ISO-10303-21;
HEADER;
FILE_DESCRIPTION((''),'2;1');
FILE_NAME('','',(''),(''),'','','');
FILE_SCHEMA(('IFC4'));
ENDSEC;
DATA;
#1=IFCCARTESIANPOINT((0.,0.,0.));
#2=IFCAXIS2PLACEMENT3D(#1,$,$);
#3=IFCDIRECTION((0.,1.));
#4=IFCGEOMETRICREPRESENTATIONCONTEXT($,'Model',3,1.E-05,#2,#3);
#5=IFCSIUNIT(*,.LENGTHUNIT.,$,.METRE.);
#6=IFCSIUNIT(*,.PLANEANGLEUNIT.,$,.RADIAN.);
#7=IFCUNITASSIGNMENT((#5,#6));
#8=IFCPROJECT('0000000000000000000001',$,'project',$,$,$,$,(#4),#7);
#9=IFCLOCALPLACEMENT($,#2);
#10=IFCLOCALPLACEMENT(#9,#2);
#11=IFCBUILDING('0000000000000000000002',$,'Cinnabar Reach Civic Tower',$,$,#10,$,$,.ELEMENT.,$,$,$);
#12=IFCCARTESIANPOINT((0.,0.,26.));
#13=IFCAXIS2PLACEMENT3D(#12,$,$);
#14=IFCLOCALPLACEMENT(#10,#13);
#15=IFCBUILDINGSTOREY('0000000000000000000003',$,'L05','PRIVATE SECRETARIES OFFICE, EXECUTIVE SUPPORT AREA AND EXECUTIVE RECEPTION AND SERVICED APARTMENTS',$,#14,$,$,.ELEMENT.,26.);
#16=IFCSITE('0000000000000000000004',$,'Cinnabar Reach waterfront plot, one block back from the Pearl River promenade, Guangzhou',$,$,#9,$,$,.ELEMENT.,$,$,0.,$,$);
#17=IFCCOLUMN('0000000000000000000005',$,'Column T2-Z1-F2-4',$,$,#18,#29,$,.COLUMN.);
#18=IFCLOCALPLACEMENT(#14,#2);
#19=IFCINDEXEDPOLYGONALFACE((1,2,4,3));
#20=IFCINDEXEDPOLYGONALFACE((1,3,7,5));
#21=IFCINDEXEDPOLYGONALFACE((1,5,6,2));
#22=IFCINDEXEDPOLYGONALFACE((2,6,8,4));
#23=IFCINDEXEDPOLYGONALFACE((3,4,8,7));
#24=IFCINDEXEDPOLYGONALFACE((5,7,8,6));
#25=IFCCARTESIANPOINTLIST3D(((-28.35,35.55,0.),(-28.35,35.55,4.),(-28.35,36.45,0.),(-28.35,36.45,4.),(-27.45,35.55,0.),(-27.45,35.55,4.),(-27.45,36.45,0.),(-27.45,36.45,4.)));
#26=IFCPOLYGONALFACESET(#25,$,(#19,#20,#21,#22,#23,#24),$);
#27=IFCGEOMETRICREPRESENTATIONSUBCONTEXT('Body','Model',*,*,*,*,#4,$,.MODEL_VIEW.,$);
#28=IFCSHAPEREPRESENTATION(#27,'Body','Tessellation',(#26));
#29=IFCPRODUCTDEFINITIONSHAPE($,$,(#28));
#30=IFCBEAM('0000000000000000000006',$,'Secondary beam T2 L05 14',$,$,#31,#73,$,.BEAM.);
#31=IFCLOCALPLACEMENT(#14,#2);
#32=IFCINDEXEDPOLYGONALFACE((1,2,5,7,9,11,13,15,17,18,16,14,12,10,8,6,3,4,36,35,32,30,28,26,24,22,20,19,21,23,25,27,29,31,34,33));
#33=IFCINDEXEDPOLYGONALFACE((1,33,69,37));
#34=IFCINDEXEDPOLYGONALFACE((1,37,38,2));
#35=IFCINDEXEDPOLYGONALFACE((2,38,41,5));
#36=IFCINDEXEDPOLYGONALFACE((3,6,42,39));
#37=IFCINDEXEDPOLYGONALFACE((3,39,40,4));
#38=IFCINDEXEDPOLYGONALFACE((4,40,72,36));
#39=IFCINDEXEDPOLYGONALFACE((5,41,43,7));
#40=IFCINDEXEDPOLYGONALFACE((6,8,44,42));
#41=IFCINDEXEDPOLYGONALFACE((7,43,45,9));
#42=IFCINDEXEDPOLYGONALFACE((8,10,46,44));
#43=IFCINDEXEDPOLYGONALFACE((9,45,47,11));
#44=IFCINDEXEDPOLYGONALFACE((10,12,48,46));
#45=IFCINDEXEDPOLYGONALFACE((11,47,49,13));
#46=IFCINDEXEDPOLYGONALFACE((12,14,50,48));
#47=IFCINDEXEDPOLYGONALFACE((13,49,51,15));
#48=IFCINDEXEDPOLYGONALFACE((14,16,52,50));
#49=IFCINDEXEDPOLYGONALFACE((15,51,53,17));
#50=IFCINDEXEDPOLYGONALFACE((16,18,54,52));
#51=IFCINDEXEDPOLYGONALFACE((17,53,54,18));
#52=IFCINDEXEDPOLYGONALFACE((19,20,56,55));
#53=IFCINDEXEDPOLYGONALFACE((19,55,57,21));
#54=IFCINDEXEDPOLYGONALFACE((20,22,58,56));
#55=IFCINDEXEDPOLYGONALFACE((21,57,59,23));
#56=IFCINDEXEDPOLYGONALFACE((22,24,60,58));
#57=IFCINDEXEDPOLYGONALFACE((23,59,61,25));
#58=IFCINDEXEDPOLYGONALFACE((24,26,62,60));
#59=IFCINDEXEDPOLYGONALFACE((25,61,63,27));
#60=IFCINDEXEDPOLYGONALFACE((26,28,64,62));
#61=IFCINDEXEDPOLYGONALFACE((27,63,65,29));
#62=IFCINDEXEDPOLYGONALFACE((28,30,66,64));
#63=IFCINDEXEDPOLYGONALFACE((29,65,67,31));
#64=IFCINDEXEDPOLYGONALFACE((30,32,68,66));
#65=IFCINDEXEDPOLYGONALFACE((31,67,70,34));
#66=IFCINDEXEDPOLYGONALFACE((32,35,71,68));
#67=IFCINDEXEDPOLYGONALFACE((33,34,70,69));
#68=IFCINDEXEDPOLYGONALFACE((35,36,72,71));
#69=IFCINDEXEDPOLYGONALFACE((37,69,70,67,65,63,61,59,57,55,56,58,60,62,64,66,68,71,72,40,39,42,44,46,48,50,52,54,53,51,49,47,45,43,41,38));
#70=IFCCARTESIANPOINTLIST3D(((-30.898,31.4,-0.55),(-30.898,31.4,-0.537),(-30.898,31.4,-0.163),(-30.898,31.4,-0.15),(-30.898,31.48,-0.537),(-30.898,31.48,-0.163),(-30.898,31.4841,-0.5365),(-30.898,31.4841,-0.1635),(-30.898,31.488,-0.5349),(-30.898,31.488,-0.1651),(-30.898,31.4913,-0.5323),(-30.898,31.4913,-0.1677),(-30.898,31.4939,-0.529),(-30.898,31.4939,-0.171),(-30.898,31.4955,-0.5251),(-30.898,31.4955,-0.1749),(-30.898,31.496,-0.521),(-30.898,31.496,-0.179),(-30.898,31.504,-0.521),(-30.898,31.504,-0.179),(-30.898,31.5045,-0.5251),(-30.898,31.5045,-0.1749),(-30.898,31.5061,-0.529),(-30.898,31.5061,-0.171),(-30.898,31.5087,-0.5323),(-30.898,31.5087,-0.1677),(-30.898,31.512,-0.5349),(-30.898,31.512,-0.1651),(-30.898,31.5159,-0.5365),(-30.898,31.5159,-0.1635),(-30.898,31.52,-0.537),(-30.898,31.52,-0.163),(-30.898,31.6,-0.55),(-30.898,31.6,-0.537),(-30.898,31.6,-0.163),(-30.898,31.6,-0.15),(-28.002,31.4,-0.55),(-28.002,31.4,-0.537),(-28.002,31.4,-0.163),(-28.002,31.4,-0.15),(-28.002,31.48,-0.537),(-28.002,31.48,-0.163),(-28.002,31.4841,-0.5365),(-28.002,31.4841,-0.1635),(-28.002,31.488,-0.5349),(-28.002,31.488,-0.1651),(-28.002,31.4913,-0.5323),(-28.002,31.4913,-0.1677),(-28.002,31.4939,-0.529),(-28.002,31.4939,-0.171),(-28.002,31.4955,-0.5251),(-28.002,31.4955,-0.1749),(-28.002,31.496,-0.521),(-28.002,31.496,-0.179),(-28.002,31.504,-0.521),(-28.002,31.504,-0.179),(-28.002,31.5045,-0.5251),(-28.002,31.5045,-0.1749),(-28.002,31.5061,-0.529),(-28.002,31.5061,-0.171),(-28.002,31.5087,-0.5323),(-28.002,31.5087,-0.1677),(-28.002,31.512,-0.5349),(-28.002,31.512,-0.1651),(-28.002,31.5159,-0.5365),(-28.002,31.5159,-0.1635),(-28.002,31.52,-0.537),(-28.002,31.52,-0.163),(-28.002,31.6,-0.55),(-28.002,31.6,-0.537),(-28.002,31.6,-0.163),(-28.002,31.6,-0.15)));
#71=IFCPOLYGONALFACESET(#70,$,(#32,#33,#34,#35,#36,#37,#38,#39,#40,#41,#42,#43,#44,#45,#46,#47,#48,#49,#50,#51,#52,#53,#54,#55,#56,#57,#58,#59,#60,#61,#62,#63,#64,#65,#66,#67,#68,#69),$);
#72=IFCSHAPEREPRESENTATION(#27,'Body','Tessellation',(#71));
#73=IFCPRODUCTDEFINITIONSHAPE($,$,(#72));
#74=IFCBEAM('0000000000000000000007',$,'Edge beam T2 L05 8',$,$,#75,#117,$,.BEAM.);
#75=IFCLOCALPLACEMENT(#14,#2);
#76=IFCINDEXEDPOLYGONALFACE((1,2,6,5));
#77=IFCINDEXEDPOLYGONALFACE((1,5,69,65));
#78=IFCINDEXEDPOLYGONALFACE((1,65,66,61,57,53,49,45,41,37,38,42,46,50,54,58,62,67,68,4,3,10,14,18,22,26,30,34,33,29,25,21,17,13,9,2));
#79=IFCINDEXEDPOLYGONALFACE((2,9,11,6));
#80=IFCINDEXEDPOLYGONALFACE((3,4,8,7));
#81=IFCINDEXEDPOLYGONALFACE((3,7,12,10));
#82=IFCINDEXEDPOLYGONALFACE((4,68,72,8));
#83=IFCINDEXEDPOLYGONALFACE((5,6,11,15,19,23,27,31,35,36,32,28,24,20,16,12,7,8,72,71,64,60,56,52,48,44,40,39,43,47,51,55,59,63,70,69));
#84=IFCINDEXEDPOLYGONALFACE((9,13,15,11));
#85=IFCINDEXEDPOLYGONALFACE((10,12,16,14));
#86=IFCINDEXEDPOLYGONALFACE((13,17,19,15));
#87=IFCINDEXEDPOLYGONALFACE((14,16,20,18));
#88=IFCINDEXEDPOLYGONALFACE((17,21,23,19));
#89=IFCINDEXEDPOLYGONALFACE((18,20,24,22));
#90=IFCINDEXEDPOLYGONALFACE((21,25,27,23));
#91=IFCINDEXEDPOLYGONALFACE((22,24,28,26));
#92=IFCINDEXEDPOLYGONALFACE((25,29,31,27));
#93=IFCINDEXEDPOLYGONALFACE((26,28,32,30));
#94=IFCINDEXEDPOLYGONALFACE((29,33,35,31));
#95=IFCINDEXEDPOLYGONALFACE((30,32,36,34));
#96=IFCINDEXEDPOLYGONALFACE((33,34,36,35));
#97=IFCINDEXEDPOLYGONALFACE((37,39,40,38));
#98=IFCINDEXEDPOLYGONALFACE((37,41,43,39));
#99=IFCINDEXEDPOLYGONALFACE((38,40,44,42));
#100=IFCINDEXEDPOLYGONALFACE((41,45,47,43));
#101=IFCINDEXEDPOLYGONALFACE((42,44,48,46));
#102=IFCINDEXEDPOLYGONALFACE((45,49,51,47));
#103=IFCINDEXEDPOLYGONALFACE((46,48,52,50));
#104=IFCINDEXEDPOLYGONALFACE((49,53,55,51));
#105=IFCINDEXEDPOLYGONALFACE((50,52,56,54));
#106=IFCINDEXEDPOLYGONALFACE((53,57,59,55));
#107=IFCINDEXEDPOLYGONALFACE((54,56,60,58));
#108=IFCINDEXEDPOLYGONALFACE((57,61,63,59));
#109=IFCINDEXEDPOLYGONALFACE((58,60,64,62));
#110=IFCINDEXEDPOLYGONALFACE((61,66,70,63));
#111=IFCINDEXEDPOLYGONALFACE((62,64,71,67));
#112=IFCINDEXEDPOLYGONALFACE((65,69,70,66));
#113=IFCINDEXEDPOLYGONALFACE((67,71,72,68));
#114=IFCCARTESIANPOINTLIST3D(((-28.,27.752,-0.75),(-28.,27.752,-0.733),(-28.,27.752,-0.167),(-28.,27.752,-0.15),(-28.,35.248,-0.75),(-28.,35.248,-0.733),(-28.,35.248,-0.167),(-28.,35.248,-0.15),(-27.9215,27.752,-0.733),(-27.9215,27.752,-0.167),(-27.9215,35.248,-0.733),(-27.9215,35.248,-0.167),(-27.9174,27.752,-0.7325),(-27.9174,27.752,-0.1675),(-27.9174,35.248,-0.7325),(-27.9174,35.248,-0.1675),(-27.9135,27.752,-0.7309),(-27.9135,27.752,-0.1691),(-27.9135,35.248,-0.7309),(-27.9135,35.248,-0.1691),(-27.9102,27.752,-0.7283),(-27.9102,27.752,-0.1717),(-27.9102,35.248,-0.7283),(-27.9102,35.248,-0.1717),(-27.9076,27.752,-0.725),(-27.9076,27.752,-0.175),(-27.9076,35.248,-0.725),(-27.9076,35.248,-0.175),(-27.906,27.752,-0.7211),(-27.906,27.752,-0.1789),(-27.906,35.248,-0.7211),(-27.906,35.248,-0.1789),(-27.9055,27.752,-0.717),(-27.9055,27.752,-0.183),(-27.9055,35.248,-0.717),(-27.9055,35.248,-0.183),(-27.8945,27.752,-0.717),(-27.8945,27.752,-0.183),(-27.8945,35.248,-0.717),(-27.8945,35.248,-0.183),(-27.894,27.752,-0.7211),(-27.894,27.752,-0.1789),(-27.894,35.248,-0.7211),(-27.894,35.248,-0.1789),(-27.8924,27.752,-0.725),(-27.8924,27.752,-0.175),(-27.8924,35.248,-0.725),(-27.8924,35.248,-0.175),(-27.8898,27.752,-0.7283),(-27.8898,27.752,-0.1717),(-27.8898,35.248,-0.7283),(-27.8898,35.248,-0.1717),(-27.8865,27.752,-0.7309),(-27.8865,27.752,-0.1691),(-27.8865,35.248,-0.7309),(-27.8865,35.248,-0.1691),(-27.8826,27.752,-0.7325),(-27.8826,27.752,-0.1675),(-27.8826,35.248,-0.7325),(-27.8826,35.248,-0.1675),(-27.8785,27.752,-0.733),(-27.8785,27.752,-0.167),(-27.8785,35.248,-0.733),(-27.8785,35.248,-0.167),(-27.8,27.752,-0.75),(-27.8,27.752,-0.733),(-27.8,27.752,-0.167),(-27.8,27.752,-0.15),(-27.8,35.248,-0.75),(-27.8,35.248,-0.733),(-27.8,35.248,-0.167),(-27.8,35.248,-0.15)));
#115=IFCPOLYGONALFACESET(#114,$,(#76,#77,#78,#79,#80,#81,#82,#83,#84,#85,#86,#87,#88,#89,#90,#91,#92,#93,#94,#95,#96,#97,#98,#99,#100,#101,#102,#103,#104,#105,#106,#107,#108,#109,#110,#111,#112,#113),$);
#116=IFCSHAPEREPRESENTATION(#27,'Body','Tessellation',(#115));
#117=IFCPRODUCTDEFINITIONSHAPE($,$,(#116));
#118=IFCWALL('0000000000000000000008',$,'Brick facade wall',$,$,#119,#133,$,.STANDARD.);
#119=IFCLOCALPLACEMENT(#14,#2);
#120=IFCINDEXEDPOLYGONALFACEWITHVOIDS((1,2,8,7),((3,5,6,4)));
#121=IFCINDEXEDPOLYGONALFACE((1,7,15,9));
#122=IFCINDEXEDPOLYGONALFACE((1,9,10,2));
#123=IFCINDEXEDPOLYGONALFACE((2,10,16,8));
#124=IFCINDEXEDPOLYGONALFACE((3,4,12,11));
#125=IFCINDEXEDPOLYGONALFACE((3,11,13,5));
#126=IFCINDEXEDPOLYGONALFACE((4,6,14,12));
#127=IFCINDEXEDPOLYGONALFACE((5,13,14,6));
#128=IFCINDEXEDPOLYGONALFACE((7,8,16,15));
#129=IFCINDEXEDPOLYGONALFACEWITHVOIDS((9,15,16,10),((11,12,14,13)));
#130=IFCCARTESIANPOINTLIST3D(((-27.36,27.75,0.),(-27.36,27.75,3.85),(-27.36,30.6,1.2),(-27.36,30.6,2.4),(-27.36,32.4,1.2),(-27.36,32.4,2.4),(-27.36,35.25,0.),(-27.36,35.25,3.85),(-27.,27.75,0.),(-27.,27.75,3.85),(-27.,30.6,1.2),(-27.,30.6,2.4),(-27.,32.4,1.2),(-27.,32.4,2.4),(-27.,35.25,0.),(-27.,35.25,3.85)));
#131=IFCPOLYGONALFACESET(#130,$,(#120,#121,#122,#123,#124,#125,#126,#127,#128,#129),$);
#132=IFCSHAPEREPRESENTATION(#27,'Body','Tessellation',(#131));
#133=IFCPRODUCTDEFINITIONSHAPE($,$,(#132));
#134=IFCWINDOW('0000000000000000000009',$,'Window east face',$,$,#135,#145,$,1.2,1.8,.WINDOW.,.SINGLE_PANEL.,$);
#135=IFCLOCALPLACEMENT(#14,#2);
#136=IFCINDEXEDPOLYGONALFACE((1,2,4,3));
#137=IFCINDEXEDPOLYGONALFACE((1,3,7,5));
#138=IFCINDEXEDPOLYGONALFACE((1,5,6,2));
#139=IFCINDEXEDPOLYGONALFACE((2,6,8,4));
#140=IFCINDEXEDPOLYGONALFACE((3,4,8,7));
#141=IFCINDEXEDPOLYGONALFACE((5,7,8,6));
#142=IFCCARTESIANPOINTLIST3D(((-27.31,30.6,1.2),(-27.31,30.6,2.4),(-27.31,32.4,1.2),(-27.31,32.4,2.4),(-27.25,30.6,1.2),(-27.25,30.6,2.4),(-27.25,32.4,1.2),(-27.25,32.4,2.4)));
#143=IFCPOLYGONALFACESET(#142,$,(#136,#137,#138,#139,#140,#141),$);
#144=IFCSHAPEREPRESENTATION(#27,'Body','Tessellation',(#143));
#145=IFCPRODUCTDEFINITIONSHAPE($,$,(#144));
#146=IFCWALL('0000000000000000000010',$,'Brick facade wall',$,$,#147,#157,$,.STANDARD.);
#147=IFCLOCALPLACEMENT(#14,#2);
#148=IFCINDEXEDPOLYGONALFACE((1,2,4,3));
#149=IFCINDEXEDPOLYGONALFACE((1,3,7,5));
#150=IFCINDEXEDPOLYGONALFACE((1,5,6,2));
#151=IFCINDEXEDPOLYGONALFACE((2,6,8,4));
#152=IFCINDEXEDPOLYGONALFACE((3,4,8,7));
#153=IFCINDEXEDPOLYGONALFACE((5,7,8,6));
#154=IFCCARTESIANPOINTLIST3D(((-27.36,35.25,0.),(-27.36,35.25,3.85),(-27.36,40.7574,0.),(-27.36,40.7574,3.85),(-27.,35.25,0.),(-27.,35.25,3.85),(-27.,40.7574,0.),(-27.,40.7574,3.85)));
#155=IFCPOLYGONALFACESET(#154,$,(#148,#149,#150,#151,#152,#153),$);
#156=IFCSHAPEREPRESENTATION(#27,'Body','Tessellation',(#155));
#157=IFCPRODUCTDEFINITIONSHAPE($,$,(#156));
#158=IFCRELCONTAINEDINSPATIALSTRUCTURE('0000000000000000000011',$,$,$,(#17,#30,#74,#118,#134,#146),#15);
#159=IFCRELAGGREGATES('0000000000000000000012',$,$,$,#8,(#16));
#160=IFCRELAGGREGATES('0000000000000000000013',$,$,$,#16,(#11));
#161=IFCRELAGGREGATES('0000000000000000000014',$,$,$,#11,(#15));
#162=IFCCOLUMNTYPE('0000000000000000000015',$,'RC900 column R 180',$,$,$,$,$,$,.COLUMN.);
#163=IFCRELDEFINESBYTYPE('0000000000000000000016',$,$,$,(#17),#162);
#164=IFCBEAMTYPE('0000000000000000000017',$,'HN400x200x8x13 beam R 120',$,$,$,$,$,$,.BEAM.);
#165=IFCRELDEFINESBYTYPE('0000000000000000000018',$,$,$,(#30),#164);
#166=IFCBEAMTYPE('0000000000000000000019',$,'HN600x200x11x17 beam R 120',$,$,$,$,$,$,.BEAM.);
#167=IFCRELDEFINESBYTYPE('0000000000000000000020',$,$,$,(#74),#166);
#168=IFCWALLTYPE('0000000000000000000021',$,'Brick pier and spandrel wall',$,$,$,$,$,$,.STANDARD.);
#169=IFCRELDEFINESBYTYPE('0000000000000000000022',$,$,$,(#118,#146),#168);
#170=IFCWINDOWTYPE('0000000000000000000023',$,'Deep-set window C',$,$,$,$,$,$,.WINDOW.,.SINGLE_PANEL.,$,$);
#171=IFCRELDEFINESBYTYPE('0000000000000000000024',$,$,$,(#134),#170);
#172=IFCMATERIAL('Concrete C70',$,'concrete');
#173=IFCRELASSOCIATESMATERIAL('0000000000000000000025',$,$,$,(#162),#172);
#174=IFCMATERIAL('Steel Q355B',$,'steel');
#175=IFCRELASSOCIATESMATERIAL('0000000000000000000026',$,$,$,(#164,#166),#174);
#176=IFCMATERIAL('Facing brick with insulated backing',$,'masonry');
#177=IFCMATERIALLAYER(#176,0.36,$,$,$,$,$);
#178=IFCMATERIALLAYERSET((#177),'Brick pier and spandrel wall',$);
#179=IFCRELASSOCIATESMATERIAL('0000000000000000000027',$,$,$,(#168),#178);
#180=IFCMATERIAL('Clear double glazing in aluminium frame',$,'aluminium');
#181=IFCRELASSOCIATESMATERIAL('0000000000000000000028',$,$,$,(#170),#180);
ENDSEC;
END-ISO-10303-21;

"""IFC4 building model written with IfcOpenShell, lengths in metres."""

from ifc_helpers import new_model, si_unit, direction, frame, frame_2d, origin, origin_2d, place, context, subcontext, project, spatial, rectangle, i_section, extrude, material, layer, layer_set, material_profile, profile_set, type_object, element, fill, save


model = new_model("IFC4")

# Units and contexts
model_context = context("Model", 3, precision=1e-05, world=origin(), true_north=direction((0.0, 1.0)))
body_context = subcontext(model_context, "Body", "Model", "MODEL_VIEW")
ifc_project = project(units=[si_unit("LENGTHUNIT", "METRE"), si_unit("PLANEANGLEUNIT", "RADIAN")], contexts=[model_context])

# Site, building, storey
site_placement = place(None, origin())
site = spatial("IfcSite", under=ifc_project, at=site_placement, Name="Cinnabar Reach waterfront plot, one block back from the Pearl River promenade, Guangzhou", CompositionType="ELEMENT", RefElevation=0.0)
building_placement = place(site_placement, origin())
building = spatial("IfcBuilding", under=site, at=building_placement, Name="Cinnabar Reach Civic Tower", CompositionType="ELEMENT")
storey_placement = place(building_placement, frame((0.0, 0.0, 26.0)))
storey = spatial("IfcBuildingStorey", under=building, at=storey_placement, Name="L05", Description="PRIVATE SECRETARIES OFFICE, EXECUTIVE SUPPORT AREA AND EXECUTIVE RECEPTION AND SERVICED APARTMENTS", CompositionType="ELEMENT", Elevation=26.0)

# Column
ifc_material_1 = material(Name="Concrete C70", Category="concrete")
ifc_material_profile_1 = material_profile(ifc_material_1, rectangle(XDim=0.9, YDim=0.9, at=origin_2d()), Name="RC900")
ifc_profile_set_1 = profile_set([ifc_material_profile_1], Name="Concrete C70")
column_type = type_object("IfcColumnType", Name="RC900 column R 180", PredefinedType="COLUMN", material=ifc_profile_set_1)
column_placement = place(storey_placement, frame((-27.9, 36.0, 0.0), z_axis=(0.0, 0.0, 1.0), x_axis=(1.0, 0.0, 0.0)))
element("IfcColumn", 1, at=column_placement, inside=storey, type_object=column_type, Name="Column T2-Z1-F2-4", PredefinedType="COLUMN", context=body_context, shape_type="SweptSolid", body=[
    extrude(rectangle(XDim=0.9, YDim=0.9, at=origin_2d()), origin(), (0.0, 0.0, 1.0), 4.0),
])

# Beams
ifc_material_2 = material(Name="Steel Q355B", Category="steel")
ifc_material_profile_2 = material_profile(ifc_material_2, i_section(OverallWidth=0.2, OverallDepth=0.4, WebThickness=0.008, FlangeThickness=0.013, FilletRadius=0.016, at=origin_2d()), Name="HN400x200x8x13")
ifc_profile_set_2 = profile_set([ifc_material_profile_2], Name="Steel Q355B")
beam_type_1 = type_object("IfcBeamType", Name="HN400x200x8x13 beam R 120", PredefinedType="BEAM", material=ifc_profile_set_2)
beam_1_placement = place(storey_placement, frame((-30.898, 31.5, -0.35), z_axis=(1.0, 0.0, 0.0), x_axis=(0.0, 1.0, 0.0)))
element("IfcBeam", 2, at=beam_1_placement, inside=storey, type_object=beam_type_1, Name="Secondary beam T2 L05 14", PredefinedType="BEAM", context=body_context, shape_type="SweptSolid", body=[
    extrude(i_section(OverallWidth=0.2, OverallDepth=0.4, WebThickness=0.008, FlangeThickness=0.013, FilletRadius=0.016, at=origin_2d()), origin(), (0.0, 0.0, 1.0), 2.896),
])
ifc_material_profile_3 = material_profile(ifc_material_2, i_section(OverallWidth=0.2, OverallDepth=0.6, WebThickness=0.011, FlangeThickness=0.017, FilletRadius=0.016, at=origin_2d()), Name="HN600x200x11x17")
ifc_profile_set_3 = profile_set([ifc_material_profile_3], Name="Steel Q355B")
beam_type_2 = type_object("IfcBeamType", Name="HN600x200x11x17 beam R 120", PredefinedType="BEAM", material=ifc_profile_set_3)
beam_2_placement = place(storey_placement, frame((-27.9, 27.752, -0.45), z_axis=(0.0, 1.0, 0.0), x_axis=(-1.0, 0.0, 0.0)))
element("IfcBeam", 3, at=beam_2_placement, inside=storey, type_object=beam_type_2, Name="Edge beam T2 L05 8", PredefinedType="BEAM", context=body_context, shape_type="SweptSolid", body=[
    extrude(i_section(OverallWidth=0.2, OverallDepth=0.6, WebThickness=0.011, FlangeThickness=0.017, FilletRadius=0.016, at=origin_2d()), origin(), (0.0, 0.0, 1.0), 7.496),
])

# Wall, opening, window
ifc_material_3 = material(Name="Facing brick with insulated backing", Category="masonry")
ifc_layer_1 = layer(ifc_material_3, 0.36)
ifc_layer_set_1 = layer_set([ifc_layer_1], Name="Brick pier and spandrel wall")
wall_type_1 = type_object("IfcWallType", Name="Brick pier and spandrel wall", PredefinedType="STANDARD", material=ifc_layer_set_1)
wall_1_placement = place(storey_placement, frame((-27.18, 27.75, 0.0), z_axis=(0.0, 0.0, 1.0), x_axis=(0.0, 1.0, 0.0)))
wall_1 = element("IfcWall", 4, at=wall_1_placement, inside=storey, type_object=wall_type_1, Name="Brick facade wall", PredefinedType="STANDARD", context=body_context, shape_type="SweptSolid", body=[
    extrude(rectangle(XDim=7.5, YDim=0.36, at=frame_2d((3.75, 0.0))), origin(), (0.0, 0.0, 1.0), 3.85),
])
opening_1_placement = place(wall_1_placement, frame((2.85, 0.0, 1.2)))
opening_1 = element("IfcOpeningElement", 5, at=opening_1_placement, cuts=wall_1, PredefinedType="OPENING", context=body_context, shape_type="SweptSolid", body=[
    extrude(rectangle(XDim=1.8, YDim=1.2, at=frame_2d((0.9, 0.6))), frame((0.0, 0.19, 0.0), z_axis=(0.0, -1.0, 0.0), x_axis=(1.0, 0.0, 0.0)), (0.0, 0.0, 1.0), 0.38),
])
ifc_material_4 = material(Name="Clear double glazing in aluminium frame", Category="aluminium")
window_type = type_object("IfcWindowType", Name="Deep-set window C", PartitioningType="SINGLE_PANEL", PredefinedType="WINDOW", material=ifc_material_4)
window_placement = place(opening_1_placement, origin())
window = element("IfcWindow", 6, at=window_placement, inside=storey, type_object=window_type, Name="Window east face", OverallHeight=1.2, OverallWidth=1.8, PartitioningType="SINGLE_PANEL", PredefinedType="WINDOW", context=body_context, shape_type="SweptSolid", body=[
    extrude(rectangle(XDim=1.8, YDim=1.2, at=frame_2d((0.9, 0.6))), frame((0.0, 0.13, 0.0), z_axis=(0.0, -1.0, 0.0), x_axis=(1.0, 0.0, 0.0)), (0.0, 0.0, 1.0), 0.06),
])
fill(opening_1, window)

# Wall
wall_2_placement = place(storey_placement, frame((-27.18, 35.25, 0.0), z_axis=(0.0, 0.0, 1.0), x_axis=(0.0, 1.0, 0.0)))
element("IfcWall", 7, at=wall_2_placement, inside=storey, type_object=wall_type_1, Name="Brick facade wall", PredefinedType="STANDARD", context=body_context, shape_type="SweptSolid", body=[
    extrude(rectangle(XDim=5.5074, YDim=0.36, at=frame_2d((2.7537, 0.0))), origin(), (0.0, 0.0, 1.0), 3.85),
])

save(model, "model.ifc")
